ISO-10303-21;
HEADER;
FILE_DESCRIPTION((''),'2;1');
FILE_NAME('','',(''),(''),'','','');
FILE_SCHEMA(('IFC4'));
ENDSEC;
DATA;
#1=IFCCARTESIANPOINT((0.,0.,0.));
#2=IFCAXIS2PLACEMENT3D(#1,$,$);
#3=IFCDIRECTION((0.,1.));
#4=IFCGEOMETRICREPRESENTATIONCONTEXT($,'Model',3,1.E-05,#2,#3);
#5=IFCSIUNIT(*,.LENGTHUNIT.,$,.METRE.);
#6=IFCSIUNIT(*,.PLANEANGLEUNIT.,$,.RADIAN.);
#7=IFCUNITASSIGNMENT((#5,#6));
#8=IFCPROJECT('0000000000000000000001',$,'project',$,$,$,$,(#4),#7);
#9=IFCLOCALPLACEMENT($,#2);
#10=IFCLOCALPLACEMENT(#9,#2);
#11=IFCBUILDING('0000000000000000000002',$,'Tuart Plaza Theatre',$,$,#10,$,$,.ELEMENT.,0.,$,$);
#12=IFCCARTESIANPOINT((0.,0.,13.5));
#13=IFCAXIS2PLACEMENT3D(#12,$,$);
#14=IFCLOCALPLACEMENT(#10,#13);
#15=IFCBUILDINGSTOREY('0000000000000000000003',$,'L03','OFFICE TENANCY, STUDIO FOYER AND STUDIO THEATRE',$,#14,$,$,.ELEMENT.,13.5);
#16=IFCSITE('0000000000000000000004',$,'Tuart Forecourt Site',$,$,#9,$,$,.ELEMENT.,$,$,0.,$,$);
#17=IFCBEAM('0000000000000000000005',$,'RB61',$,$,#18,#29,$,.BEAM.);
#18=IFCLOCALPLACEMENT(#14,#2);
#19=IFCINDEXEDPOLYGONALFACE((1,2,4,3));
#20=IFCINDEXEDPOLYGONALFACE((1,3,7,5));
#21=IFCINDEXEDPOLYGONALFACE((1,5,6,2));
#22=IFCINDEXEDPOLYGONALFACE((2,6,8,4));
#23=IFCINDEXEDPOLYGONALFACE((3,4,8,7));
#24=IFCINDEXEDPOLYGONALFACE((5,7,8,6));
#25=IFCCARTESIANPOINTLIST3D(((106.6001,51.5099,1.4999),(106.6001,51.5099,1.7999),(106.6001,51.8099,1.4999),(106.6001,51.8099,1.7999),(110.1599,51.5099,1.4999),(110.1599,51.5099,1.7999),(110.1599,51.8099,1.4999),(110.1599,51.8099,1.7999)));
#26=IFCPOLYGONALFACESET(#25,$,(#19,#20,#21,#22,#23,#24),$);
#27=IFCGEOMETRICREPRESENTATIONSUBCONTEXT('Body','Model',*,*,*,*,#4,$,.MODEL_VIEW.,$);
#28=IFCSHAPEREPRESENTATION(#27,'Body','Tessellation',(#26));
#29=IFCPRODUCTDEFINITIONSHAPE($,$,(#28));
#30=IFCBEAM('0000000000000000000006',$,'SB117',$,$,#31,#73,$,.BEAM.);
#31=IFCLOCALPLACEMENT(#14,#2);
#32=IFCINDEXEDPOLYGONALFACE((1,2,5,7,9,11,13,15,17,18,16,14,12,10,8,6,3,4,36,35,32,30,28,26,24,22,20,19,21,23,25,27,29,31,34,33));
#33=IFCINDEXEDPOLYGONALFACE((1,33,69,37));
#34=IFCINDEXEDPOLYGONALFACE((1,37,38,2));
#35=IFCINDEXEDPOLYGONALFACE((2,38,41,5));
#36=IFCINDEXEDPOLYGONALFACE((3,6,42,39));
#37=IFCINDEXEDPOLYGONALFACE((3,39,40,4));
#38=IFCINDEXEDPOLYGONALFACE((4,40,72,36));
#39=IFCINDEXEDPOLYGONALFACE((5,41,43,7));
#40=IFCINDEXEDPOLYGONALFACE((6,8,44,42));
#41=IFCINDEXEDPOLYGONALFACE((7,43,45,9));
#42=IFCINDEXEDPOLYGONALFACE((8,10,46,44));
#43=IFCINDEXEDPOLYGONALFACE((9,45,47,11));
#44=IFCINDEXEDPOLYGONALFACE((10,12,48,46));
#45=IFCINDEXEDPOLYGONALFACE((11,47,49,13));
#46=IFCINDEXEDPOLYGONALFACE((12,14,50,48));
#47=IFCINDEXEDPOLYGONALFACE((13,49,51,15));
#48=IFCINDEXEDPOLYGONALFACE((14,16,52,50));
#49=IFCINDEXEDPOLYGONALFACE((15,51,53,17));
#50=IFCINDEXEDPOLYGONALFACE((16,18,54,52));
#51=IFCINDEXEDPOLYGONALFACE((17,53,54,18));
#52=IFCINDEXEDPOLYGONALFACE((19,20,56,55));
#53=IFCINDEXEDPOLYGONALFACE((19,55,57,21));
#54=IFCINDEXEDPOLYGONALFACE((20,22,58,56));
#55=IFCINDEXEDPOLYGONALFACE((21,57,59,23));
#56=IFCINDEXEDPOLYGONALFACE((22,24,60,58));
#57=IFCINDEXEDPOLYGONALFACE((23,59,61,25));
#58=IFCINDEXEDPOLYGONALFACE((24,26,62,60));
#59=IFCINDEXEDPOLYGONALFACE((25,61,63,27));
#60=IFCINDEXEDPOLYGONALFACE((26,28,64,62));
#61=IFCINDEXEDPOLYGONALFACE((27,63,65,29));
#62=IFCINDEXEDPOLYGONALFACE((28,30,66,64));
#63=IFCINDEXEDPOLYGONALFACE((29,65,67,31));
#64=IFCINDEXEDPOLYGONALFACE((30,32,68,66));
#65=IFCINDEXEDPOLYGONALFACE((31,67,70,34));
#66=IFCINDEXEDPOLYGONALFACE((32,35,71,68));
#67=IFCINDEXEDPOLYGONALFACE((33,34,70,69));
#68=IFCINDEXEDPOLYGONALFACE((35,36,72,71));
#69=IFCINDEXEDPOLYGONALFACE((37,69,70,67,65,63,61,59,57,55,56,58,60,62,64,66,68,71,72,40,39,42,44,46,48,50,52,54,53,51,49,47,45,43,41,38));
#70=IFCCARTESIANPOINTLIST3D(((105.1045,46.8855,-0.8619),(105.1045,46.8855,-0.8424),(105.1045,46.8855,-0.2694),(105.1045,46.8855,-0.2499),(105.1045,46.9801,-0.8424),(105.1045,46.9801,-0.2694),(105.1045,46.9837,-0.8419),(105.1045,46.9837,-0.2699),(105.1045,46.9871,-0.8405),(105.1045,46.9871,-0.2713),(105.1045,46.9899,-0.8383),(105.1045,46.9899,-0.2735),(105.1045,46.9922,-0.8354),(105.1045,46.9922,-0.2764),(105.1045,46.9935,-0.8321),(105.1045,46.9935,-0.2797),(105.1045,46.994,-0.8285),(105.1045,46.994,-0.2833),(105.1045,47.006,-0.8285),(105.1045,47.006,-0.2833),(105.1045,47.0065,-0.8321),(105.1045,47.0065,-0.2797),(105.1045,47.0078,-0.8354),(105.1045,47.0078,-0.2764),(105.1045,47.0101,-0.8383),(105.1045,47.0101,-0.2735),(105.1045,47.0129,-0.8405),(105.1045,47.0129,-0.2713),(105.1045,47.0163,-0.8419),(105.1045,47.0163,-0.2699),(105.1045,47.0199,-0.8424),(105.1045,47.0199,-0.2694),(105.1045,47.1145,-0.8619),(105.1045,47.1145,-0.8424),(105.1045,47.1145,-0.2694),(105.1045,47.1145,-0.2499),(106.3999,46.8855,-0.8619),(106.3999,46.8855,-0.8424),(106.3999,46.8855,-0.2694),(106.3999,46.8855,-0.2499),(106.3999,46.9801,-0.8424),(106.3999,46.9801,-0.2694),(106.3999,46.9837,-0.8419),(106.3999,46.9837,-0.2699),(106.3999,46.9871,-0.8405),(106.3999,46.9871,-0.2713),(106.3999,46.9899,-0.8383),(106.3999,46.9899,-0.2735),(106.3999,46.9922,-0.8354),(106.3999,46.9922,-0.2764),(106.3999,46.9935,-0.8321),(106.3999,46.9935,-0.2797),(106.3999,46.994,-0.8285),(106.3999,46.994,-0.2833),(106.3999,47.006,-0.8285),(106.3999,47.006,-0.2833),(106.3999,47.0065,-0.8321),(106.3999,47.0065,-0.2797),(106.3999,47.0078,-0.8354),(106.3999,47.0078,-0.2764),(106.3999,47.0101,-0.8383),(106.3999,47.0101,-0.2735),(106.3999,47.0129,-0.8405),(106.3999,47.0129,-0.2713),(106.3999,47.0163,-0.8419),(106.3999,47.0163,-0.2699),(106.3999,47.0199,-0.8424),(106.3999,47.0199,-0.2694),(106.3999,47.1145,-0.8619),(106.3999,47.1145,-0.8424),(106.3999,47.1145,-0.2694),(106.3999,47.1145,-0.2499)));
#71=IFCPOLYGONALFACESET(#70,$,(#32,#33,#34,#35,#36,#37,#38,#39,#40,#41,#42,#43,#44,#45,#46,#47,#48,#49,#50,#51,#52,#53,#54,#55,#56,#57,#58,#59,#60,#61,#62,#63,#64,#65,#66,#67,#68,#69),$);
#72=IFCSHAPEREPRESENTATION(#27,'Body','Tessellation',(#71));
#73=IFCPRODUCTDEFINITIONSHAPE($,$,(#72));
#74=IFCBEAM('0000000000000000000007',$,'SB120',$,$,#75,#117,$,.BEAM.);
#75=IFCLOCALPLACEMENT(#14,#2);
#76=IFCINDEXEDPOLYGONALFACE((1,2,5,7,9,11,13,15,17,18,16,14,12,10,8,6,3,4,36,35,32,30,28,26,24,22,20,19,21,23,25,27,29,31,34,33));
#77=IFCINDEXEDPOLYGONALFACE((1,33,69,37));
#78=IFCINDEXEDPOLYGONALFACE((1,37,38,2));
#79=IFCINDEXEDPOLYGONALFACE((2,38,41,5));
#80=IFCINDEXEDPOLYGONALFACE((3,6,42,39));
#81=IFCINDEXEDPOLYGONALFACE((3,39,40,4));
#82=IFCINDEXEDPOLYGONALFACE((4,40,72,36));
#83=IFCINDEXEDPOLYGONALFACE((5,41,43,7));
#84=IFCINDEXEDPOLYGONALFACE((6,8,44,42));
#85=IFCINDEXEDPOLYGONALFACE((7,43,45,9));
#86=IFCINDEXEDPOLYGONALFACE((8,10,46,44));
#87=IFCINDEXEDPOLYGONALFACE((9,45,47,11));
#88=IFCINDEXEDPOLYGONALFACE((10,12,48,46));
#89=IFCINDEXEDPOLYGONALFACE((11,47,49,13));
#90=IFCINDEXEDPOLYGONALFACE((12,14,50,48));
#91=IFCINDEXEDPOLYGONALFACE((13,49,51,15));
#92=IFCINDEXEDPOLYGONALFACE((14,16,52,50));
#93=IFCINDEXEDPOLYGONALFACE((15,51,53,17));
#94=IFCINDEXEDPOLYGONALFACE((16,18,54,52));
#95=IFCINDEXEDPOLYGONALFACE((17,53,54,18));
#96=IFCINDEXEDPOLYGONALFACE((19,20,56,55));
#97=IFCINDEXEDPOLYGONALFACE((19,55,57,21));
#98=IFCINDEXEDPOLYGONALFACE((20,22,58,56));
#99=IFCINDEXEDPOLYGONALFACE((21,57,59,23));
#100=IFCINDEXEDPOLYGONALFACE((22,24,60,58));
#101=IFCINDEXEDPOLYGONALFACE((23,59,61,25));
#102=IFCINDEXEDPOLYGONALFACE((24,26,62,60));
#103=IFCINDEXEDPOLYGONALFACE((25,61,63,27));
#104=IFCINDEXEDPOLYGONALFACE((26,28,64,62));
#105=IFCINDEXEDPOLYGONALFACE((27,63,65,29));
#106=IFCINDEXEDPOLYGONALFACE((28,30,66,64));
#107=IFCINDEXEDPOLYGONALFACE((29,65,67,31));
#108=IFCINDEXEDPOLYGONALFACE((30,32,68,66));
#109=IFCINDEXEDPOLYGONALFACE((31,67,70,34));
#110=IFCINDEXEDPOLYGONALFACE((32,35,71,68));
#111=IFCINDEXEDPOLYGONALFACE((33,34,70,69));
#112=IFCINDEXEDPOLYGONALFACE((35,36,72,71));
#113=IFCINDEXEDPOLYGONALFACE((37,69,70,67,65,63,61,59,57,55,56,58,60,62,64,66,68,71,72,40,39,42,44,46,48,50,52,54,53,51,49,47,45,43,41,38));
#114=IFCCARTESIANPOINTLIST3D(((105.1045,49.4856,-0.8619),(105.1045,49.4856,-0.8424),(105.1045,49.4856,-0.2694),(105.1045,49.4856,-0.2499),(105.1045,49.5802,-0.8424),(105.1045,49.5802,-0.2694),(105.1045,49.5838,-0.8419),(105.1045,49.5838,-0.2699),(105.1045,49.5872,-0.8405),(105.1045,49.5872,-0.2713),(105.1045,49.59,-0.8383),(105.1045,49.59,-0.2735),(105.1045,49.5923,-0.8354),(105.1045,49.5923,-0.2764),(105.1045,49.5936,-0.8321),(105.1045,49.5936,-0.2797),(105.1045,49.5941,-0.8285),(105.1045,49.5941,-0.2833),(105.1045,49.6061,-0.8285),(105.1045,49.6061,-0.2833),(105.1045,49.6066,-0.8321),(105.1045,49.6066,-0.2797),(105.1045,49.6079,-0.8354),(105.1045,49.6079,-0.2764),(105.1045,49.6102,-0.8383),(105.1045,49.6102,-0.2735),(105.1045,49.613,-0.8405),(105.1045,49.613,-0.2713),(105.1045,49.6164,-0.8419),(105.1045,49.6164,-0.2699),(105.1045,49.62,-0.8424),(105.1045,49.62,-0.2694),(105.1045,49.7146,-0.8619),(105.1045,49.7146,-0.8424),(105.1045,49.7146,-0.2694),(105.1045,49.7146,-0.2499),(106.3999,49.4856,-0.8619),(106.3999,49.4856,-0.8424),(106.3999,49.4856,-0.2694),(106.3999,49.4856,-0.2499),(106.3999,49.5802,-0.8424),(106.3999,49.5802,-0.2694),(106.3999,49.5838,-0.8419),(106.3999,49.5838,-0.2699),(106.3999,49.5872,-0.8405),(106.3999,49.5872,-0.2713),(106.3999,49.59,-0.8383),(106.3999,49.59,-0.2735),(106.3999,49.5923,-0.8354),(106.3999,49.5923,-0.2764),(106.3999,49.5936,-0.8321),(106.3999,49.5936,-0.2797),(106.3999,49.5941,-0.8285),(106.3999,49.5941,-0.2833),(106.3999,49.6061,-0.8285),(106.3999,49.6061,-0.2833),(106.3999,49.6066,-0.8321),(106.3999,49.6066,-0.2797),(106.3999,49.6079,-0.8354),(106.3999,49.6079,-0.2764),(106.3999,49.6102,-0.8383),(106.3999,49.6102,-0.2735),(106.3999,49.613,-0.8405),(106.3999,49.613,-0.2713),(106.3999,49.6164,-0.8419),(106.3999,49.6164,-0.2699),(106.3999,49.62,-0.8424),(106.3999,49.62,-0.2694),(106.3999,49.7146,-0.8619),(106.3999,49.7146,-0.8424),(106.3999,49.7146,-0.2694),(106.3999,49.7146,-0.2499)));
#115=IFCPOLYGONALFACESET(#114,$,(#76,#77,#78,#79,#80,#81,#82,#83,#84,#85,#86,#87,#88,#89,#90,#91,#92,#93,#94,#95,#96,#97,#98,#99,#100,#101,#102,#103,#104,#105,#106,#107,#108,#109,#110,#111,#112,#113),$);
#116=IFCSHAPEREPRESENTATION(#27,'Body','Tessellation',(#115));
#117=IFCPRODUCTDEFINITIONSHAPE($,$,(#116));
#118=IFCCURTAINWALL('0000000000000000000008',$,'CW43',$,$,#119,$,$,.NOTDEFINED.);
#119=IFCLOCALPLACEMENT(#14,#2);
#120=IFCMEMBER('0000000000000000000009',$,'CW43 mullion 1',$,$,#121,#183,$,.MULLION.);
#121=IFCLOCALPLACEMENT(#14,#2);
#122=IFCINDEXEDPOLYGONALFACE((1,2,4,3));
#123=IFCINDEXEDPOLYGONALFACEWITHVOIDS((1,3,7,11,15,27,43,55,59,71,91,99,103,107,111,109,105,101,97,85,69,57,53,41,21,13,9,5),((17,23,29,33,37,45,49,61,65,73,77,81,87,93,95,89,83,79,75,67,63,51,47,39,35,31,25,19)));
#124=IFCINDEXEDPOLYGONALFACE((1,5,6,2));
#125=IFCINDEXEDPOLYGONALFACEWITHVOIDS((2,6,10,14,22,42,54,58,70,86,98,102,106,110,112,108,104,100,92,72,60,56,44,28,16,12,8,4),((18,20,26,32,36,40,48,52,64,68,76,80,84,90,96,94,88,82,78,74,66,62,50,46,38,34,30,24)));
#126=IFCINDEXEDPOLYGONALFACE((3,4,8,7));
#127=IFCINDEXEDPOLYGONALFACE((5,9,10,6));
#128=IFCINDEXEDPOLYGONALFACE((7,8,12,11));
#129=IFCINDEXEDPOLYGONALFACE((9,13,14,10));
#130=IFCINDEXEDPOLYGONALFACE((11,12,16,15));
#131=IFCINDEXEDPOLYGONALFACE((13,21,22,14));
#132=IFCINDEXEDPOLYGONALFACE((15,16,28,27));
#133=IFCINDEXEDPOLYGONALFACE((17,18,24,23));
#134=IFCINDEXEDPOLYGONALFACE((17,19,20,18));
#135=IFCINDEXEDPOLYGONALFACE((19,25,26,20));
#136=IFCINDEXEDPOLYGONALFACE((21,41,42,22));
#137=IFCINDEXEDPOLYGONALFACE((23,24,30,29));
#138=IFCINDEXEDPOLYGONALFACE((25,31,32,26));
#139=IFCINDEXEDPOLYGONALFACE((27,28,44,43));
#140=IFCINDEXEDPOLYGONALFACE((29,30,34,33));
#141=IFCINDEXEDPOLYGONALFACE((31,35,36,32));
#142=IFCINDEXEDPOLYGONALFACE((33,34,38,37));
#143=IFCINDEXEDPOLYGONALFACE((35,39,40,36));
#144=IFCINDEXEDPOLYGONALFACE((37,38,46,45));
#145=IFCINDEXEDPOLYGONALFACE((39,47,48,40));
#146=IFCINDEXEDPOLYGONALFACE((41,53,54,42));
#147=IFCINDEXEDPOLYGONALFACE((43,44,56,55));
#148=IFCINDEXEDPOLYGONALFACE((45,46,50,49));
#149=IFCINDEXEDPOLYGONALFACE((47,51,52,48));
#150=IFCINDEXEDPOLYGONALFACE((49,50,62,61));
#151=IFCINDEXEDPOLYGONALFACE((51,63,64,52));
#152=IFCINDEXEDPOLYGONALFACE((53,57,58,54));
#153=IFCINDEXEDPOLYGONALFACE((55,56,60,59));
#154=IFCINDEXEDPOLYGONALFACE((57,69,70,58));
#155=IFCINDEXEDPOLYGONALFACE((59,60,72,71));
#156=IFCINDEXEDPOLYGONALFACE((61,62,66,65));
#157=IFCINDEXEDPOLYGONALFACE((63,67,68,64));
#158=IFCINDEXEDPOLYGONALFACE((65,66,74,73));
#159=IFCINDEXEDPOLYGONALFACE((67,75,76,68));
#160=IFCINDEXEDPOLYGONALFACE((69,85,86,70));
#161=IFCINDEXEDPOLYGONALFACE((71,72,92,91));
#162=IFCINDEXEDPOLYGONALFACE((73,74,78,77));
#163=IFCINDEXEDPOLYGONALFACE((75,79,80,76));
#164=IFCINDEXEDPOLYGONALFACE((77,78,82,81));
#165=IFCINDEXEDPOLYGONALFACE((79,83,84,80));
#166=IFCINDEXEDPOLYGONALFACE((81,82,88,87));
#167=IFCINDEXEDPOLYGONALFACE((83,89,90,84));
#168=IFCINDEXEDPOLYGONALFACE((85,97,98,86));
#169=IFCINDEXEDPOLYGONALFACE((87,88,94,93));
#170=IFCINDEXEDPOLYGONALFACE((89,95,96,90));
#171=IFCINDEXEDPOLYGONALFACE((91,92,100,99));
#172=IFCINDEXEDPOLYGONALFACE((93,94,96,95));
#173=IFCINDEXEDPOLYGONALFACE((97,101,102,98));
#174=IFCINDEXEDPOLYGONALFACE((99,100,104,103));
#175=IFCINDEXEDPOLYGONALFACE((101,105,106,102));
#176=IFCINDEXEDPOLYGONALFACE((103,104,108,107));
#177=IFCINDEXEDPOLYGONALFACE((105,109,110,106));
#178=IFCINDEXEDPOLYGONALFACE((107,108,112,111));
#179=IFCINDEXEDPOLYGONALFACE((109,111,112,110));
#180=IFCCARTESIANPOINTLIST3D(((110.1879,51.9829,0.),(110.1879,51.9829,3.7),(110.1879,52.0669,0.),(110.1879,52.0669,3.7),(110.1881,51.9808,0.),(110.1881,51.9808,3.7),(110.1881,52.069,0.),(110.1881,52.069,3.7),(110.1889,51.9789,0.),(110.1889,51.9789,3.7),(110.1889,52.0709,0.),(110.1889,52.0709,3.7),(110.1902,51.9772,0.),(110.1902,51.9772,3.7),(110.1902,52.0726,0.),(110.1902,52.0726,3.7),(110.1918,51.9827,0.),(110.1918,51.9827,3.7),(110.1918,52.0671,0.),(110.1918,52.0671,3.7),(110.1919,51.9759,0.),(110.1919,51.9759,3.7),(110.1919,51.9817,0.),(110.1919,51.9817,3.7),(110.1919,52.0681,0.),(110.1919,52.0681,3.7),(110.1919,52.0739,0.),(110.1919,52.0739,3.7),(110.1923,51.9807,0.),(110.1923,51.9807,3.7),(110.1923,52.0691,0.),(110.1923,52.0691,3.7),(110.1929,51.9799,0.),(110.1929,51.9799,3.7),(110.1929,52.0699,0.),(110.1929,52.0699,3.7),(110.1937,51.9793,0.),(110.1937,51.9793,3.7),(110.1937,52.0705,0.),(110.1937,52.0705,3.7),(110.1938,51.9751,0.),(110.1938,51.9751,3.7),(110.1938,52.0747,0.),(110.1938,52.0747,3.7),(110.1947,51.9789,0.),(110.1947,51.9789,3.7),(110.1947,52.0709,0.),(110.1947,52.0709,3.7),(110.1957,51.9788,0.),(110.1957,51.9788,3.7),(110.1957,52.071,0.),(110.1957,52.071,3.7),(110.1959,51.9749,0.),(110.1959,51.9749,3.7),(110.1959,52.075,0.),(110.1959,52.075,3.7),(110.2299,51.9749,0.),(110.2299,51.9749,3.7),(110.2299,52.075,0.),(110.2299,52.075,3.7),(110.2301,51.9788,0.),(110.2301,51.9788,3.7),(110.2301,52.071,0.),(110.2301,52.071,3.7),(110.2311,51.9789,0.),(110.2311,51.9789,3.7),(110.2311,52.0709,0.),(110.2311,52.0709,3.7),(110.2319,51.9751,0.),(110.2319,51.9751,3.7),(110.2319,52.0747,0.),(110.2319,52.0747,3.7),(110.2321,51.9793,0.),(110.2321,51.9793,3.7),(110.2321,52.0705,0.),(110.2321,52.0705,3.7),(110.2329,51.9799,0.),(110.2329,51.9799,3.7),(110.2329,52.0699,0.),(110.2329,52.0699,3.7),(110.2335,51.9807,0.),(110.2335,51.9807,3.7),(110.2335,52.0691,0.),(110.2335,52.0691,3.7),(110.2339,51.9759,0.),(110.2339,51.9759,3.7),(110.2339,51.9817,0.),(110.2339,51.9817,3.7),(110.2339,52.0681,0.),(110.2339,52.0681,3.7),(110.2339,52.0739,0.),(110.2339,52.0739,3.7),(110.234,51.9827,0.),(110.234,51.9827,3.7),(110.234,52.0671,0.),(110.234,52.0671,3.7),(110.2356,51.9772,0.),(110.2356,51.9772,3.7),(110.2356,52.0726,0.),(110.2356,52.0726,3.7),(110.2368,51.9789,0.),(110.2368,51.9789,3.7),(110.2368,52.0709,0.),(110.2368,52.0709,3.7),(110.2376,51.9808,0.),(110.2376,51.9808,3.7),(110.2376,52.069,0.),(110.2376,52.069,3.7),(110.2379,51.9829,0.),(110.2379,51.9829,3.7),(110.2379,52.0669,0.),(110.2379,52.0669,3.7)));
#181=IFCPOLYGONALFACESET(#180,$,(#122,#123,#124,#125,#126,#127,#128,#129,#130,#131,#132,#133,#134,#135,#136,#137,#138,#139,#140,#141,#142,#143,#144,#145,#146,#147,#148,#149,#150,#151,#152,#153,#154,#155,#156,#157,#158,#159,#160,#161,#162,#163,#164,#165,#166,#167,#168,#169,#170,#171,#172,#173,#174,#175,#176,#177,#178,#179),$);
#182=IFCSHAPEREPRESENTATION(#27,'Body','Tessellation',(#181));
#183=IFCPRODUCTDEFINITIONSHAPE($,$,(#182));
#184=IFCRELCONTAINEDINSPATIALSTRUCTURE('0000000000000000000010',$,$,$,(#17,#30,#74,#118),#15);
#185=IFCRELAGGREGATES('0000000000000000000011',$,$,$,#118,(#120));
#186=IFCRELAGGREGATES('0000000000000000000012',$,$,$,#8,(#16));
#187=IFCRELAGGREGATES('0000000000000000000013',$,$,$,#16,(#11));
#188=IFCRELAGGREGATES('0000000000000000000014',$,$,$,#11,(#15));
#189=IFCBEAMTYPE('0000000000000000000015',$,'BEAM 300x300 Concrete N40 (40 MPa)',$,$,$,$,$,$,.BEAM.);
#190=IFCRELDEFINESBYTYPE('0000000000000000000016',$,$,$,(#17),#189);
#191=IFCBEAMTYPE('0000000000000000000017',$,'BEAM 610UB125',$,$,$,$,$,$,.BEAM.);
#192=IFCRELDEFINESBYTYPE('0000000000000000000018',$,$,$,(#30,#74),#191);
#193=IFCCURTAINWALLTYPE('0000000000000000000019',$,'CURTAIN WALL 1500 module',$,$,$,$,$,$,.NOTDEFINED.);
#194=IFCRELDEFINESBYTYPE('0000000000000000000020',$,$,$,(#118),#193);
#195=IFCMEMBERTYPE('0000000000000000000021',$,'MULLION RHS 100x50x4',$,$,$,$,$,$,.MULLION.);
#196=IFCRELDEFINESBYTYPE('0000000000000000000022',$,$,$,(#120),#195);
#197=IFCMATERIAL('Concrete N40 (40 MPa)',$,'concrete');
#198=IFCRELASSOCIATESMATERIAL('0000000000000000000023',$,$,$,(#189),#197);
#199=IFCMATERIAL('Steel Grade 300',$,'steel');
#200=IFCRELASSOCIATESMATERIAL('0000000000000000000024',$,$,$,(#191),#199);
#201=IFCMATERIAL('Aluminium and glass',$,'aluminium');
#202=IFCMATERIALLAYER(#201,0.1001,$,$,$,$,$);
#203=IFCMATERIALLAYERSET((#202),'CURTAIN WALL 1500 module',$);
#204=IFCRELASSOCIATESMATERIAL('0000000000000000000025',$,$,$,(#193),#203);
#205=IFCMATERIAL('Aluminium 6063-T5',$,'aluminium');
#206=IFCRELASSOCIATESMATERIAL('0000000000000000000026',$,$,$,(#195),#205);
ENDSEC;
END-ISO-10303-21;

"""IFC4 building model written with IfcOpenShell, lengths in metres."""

from ifc_helpers import new_model, si_unit, direction, frame, origin, origin_2d, place, context, subcontext, project, spatial, rectangle, hollow_rectangle, i_section, extrude, material, layer, layer_set, material_profile, profile_set, type_object, element, aggregate, save


model = new_model("IFC4")

# Units and contexts
model_context = context("Model", 3, precision=1e-05, world=origin(), true_north=direction((0.0, 1.0)))
body_context = subcontext(model_context, "Body", "Model", "MODEL_VIEW")
ifc_project = project(units=[si_unit("LENGTHUNIT", "METRE"), si_unit("PLANEANGLEUNIT", "RADIAN")], contexts=[model_context])

# Site, building, storey
site_placement = place(None, origin())
site = spatial("IfcSite", under=ifc_project, at=site_placement, Name="Tuart Forecourt Site", CompositionType="ELEMENT", RefElevation=0.0)
building_placement = place(site_placement, origin())
building = spatial("IfcBuilding", under=site, at=building_placement, Name="Tuart Plaza Theatre", CompositionType="ELEMENT", ElevationOfRefHeight=0.0)
storey_placement = place(building_placement, frame((0.0, 0.0, 13.5)))
storey = spatial("IfcBuildingStorey", under=building, at=storey_placement, Name="L03", Description="OFFICE TENANCY, STUDIO FOYER AND STUDIO THEATRE", CompositionType="ELEMENT", Elevation=13.5)

# Beams
ifc_material_1 = material(Name="Concrete N40 (40 MPa)", Category="concrete")
ifc_material_profile_1 = material_profile(ifc_material_1, rectangle(XDim=0.3, YDim=0.3, at=origin_2d()), Name="BEAM 300x300 Concrete N40 (40 MPa)")
ifc_profile_set_1 = profile_set([ifc_material_profile_1], Name="Concrete N40 (40 MPa)")
beam_type_1 = type_object("IfcBeamType", Name="BEAM 300x300 Concrete N40 (40 MPa)", PredefinedType="BEAM", material=ifc_profile_set_1)
beam_placement = place(storey_placement, frame((110.1599, 51.6599, 1.6499), z_axis=(-1.0, 0.0, 0.0), x_axis=(0.0, -1.0, 0.0)))
element("IfcBeam", 1, at=beam_placement, inside=storey, type_object=beam_type_1, Name="RB61", PredefinedType="BEAM", context=body_context, shape_type="SweptSolid", body=[
    extrude(rectangle(XDim=0.3, YDim=0.3, at=origin_2d()), origin(), (0.0, 0.0, 1.0), 3.5598),
])
ifc_material_2 = material(Name="Steel Grade 300", Category="steel")
ifc_material_profile_2 = material_profile(ifc_material_2, i_section(OverallWidth=0.229, OverallDepth=0.6121, WebThickness=0.012, FlangeThickness=0.0195, FilletRadius=0.0139, at=origin_2d()), Name="610UB125")
ifc_profile_set_2 = profile_set([ifc_material_profile_2], Name="Steel Grade 300")
beam_type_2 = type_object("IfcBeamType", Name="BEAM 610UB125", PredefinedType="BEAM", material=ifc_profile_set_2)
for number, where, z_axis, x_axis, name in (
    (2, (105.1045, 47.0, -0.5559), (1.0, 0.0, 0.0), (0.0, 1.0, 0.0), "SB117"),
    (3, (105.1045, 49.6001, -0.5559), (1.0, 0.0, 0.0), (0.0, 1.0, 0.0), "SB120"),
):
    element("IfcBeam", number, at=place(storey_placement, frame(where, z_axis=z_axis, x_axis=x_axis)), inside=storey, type_object=beam_type_2, Name=name, PredefinedType="BEAM", context=body_context, shape_type="SweptSolid", body=[
        extrude(i_section(OverallWidth=0.229, OverallDepth=0.6121, WebThickness=0.012, FlangeThickness=0.0195, FilletRadius=0.0139, at=origin_2d()), origin(), (0.0, 0.0, 1.0), 1.2954),
    ])

# Curtain wall, member
ifc_material_3 = material(Name="Aluminium and glass", Category="aluminium")
ifc_layer_1 = layer(ifc_material_3, 0.1001)
ifc_layer_set_1 = layer_set([ifc_layer_1], Name="CURTAIN WALL 1500 module")
curtain_wall_type = type_object("IfcCurtainWallType", Name="CURTAIN WALL 1500 module", PredefinedType="NOTDEFINED", material=ifc_layer_set_1)
curtain_wall_placement = place(storey_placement, origin())
curtain_wall = element("IfcCurtainWall", 4, at=curtain_wall_placement, inside=storey, type_object=curtain_wall_type, Name="CW43", PredefinedType="NOTDEFINED")
ifc_material_4 = material(Name="Aluminium 6063-T5", Category="aluminium")
ifc_material_profile_3 = material_profile(ifc_material_4, hollow_rectangle(XDim=0.05, YDim=0.1001, WallThickness=0.0039, InnerFilletRadius=0.0039, OuterFilletRadius=0.0081, at=origin_2d()), Name="RHS 100x50x4")
ifc_profile_set_3 = profile_set([ifc_material_profile_3], Name="Aluminium 6063-T5")
member_type_1 = type_object("IfcMemberType", Name="MULLION RHS 100x50x4", PredefinedType="MULLION", material=ifc_profile_set_3)
member_1_placement = place(storey_placement, frame((110.2129, 52.0249, 0.0), z_axis=(0.0, 0.0, 1.0), x_axis=(-1.0, 0.0, 0.0)))
member_1 = element("IfcMember", 5, at=member_1_placement, type_object=member_type_1, Name="CW43 mullion 1", PredefinedType="MULLION", context=body_context, shape_type="SweptSolid", body=[
    extrude(hollow_rectangle(XDim=0.05, YDim=0.1001, WallThickness=0.0039, InnerFilletRadius=0.0039, OuterFilletRadius=0.0081, at=origin_2d()), origin(), (0.0, 0.0, 1.0), 3.7),
])
aggregate(curtain_wall, [member_1])

save(model, "model.ifc")
